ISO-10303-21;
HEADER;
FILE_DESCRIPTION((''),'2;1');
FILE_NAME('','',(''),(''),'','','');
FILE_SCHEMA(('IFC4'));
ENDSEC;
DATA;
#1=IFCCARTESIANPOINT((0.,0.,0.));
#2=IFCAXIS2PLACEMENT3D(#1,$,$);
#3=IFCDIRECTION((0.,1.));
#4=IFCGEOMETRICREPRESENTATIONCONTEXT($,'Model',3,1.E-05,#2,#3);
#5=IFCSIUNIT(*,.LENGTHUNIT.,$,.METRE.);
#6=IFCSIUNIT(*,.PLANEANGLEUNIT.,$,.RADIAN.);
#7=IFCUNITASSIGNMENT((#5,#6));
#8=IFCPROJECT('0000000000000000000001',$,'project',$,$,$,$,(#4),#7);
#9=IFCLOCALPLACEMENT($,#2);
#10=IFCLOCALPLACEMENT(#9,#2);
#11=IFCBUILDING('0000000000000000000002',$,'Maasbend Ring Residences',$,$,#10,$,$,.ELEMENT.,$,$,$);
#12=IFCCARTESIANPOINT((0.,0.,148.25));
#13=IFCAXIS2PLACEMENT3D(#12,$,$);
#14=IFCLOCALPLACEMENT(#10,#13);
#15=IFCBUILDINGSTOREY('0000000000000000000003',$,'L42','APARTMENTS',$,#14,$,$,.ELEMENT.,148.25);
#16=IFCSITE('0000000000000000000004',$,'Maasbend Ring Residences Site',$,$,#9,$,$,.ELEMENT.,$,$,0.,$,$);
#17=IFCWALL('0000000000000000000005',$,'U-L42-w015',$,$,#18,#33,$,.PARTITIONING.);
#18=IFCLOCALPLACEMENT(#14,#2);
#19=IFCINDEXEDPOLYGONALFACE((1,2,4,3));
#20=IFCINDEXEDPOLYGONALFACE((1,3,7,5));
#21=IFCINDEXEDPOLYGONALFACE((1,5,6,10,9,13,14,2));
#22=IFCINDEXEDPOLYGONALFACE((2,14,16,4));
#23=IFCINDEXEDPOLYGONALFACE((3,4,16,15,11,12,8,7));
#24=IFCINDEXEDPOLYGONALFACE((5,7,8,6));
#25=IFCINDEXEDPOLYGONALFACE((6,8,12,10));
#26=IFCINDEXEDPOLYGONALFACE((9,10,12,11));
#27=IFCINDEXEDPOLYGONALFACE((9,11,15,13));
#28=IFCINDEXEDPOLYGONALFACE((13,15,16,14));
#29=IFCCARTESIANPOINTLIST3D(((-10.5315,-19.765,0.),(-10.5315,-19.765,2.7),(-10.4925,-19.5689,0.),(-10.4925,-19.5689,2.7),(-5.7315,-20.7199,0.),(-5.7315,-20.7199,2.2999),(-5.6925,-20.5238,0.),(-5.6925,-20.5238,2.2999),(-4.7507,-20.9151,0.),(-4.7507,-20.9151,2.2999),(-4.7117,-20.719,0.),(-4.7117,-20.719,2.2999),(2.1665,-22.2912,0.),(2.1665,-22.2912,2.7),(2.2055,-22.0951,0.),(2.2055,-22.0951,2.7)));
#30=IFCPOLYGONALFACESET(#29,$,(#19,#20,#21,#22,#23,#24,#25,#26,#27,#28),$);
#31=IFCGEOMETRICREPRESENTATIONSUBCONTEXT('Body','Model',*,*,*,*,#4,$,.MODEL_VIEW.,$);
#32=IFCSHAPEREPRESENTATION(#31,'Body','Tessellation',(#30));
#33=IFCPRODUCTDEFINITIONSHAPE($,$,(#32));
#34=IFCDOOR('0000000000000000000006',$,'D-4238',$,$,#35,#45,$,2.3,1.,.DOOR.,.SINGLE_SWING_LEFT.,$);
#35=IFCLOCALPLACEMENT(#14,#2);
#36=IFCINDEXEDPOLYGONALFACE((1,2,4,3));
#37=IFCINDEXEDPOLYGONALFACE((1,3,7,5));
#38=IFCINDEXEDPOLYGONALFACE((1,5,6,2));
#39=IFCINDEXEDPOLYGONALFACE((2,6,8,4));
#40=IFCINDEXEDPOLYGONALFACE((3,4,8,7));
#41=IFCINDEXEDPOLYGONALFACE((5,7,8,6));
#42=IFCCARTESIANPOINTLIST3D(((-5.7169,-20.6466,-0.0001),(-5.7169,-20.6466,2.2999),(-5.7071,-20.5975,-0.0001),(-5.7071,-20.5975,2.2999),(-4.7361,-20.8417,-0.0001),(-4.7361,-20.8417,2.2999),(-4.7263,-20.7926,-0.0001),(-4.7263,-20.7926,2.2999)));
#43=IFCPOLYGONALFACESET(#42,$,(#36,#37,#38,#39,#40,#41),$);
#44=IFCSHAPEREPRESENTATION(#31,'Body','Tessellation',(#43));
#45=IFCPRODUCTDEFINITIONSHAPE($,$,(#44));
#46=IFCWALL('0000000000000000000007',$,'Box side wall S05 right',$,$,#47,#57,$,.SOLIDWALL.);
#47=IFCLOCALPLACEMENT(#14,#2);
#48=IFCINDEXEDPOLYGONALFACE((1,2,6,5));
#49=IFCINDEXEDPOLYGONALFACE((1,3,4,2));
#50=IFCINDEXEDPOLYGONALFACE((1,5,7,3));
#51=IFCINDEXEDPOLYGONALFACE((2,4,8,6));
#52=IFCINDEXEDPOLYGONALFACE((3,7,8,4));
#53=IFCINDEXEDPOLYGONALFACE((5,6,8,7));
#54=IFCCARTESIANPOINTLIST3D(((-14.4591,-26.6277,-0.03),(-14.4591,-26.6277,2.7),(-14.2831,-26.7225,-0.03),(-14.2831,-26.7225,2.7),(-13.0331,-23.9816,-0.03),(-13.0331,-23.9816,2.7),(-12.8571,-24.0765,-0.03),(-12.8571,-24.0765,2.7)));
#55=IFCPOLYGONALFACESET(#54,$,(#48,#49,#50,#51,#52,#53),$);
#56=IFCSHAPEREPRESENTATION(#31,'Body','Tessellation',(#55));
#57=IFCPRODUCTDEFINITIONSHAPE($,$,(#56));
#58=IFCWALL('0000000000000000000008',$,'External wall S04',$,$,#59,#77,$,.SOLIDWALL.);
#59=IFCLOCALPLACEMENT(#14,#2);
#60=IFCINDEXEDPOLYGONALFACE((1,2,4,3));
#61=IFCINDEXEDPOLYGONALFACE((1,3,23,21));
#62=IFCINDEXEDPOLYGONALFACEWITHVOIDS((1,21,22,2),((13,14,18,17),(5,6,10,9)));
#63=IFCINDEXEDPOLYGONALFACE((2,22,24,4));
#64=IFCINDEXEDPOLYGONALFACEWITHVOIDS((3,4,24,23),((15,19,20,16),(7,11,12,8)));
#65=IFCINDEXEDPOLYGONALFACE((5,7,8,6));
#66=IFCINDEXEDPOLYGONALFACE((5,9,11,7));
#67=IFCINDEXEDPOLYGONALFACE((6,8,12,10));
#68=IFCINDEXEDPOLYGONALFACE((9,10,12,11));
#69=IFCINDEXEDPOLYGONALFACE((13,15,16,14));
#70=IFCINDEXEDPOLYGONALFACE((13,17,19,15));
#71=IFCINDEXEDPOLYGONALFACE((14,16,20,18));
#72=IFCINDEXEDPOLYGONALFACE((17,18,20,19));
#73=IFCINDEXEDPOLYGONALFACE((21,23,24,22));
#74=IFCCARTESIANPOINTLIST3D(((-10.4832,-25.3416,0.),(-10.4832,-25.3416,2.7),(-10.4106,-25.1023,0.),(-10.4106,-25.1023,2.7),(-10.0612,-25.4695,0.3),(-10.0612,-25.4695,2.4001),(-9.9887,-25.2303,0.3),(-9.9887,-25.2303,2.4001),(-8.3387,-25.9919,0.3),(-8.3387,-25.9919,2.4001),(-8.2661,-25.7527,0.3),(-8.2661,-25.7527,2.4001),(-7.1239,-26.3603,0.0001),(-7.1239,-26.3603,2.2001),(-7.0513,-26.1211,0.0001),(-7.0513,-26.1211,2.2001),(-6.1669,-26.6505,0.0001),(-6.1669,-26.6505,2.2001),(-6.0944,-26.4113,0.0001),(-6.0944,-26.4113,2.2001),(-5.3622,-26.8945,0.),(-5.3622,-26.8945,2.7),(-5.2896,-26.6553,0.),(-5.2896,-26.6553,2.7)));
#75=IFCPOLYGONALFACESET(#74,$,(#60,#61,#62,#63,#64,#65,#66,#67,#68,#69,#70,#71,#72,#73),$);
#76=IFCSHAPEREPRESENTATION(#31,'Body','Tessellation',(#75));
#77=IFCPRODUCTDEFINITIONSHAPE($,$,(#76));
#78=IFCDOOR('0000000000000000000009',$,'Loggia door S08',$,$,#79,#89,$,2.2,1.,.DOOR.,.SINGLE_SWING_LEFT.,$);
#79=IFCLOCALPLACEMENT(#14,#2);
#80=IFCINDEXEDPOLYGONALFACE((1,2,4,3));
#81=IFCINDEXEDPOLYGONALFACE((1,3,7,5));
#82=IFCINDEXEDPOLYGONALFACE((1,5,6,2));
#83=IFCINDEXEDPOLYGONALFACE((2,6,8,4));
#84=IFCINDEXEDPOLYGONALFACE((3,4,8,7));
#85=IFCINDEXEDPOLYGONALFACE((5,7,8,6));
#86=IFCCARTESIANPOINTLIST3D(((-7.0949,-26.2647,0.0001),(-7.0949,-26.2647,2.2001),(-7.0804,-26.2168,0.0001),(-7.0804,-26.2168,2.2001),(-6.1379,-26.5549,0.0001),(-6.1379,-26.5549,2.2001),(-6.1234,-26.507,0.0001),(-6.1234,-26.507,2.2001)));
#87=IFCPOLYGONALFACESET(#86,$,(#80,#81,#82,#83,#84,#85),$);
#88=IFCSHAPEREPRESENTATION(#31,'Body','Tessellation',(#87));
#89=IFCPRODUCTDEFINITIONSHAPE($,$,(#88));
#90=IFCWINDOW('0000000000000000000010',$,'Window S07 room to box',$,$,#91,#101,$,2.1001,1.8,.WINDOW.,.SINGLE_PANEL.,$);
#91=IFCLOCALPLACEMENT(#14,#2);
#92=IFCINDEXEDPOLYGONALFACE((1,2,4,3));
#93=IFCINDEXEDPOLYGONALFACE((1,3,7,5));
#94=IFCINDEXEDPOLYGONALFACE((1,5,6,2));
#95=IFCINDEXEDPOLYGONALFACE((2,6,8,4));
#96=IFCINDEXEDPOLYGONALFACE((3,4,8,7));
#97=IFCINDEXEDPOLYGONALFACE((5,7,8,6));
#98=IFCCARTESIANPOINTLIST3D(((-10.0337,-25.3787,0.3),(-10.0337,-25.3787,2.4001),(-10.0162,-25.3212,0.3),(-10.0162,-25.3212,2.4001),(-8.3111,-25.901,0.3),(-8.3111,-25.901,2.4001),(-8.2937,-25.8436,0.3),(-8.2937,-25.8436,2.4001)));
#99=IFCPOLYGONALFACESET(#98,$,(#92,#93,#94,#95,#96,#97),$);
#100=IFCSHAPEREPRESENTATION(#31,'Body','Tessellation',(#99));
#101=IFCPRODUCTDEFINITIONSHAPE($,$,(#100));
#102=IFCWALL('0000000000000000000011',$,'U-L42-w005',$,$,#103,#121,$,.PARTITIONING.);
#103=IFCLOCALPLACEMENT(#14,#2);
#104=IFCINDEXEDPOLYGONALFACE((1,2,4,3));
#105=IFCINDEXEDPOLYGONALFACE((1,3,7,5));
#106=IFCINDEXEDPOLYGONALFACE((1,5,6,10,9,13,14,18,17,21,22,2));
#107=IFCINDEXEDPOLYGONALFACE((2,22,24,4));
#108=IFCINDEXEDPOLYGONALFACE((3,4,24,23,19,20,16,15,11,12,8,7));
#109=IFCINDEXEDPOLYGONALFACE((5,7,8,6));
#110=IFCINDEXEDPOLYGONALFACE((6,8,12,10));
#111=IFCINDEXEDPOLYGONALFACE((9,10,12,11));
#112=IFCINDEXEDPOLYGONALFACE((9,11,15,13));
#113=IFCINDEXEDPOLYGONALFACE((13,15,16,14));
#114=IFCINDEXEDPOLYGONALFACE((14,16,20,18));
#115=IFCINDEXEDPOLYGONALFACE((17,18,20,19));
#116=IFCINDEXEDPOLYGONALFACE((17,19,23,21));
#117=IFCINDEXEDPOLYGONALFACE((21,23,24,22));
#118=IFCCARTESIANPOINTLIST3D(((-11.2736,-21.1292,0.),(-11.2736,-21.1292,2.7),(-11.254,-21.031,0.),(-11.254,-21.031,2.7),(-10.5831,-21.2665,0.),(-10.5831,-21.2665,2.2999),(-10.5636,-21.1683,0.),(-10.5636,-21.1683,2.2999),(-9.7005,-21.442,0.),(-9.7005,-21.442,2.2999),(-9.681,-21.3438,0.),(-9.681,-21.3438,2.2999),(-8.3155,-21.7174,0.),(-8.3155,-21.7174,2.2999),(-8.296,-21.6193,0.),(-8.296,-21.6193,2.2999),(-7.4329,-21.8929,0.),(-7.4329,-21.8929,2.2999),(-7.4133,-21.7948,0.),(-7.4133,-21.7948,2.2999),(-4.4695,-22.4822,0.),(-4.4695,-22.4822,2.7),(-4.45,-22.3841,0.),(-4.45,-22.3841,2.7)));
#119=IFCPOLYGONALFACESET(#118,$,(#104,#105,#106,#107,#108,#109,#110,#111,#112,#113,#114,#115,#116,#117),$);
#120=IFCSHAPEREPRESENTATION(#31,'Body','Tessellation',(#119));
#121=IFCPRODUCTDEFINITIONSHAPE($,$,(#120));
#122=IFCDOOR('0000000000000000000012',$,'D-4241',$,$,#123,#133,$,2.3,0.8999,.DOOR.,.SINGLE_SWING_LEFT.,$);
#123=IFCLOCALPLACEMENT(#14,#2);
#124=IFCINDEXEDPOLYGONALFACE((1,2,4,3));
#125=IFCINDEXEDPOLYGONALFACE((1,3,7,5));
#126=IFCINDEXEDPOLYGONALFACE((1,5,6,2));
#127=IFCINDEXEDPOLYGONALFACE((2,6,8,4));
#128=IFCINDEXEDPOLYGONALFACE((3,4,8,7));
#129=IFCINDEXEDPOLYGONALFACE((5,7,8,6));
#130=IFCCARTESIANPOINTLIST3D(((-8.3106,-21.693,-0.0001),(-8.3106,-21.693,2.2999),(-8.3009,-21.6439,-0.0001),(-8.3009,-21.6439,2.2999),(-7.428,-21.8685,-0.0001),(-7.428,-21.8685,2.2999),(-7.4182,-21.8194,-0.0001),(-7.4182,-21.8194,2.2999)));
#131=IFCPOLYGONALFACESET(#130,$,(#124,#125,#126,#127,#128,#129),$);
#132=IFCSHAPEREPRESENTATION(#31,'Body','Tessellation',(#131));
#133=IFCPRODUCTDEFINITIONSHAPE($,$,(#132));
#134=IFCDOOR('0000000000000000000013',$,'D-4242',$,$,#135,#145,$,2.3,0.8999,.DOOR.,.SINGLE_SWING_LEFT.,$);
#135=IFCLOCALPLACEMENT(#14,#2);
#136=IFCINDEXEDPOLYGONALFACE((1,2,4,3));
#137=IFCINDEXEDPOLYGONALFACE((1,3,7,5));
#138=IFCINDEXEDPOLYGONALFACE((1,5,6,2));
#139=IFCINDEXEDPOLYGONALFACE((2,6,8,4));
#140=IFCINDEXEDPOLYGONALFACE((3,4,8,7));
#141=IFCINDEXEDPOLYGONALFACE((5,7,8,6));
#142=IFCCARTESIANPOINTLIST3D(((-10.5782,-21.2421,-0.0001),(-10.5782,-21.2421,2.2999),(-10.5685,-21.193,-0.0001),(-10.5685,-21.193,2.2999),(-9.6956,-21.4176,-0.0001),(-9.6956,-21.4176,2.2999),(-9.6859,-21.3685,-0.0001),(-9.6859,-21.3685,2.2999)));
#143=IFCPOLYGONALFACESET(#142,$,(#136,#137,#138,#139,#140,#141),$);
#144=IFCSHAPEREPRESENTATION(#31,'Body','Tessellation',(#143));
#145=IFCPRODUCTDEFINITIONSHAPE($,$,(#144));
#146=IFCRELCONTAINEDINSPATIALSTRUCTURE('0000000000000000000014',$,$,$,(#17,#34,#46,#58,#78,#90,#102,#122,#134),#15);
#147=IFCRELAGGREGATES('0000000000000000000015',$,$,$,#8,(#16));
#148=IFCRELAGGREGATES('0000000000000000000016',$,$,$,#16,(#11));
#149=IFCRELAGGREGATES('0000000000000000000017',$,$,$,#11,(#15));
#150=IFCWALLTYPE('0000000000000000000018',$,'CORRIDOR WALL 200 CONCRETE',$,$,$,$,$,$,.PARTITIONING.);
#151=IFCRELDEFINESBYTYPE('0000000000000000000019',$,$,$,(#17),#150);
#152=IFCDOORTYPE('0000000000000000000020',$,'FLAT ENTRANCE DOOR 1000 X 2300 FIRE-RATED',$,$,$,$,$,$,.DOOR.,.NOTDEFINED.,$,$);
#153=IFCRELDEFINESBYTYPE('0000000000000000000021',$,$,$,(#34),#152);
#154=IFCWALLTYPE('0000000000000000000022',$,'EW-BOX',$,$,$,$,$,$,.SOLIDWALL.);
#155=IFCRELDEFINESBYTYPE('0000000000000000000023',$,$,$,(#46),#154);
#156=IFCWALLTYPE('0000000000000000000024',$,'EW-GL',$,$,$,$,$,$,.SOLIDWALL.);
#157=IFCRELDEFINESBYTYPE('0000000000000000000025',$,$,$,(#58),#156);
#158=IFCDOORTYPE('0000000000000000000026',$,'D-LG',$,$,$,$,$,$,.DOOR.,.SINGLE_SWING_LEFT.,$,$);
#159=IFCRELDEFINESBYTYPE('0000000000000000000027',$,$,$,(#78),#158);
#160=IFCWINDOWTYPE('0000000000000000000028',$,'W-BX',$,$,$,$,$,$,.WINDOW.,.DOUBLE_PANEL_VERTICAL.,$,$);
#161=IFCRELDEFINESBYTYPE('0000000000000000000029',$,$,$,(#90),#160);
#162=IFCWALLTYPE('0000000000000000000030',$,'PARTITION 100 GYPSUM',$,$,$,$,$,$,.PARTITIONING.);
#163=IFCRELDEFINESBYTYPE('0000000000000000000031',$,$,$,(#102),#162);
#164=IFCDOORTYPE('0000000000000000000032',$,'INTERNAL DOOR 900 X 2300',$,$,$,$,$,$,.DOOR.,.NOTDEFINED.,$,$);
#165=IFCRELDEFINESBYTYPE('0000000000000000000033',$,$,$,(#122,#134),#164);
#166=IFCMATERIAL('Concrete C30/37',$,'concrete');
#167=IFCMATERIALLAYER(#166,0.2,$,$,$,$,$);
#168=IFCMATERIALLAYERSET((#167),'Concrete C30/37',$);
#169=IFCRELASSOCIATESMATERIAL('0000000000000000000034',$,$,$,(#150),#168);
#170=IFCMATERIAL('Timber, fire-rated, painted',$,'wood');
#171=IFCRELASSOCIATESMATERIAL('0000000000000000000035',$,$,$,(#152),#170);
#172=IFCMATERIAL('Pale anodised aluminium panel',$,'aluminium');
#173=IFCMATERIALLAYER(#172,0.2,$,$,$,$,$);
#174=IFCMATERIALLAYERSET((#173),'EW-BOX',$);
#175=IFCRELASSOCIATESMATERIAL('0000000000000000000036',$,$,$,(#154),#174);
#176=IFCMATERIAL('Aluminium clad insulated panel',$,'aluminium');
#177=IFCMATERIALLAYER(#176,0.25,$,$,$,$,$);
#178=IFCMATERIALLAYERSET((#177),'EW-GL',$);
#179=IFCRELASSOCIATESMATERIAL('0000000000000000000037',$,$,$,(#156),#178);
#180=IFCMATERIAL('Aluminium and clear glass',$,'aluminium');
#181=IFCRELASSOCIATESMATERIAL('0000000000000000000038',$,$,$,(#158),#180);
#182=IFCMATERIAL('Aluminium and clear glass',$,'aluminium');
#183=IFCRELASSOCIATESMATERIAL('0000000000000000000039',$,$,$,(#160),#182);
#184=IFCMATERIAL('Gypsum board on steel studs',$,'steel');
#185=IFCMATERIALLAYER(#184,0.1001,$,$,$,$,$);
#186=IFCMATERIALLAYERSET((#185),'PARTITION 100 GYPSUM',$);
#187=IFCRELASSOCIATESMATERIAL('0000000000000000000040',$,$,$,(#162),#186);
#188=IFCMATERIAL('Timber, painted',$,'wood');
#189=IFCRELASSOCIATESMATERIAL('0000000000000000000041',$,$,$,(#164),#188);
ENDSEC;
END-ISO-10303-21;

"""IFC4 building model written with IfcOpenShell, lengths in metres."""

from ifc_helpers import new_model, si_unit, direction, frame, frame_2d, origin, place, context, subcontext, project, spatial, rectangle, extrude, material, layer, layer_set, type_object, element, fill, save


model = new_model("IFC4")

# Units and contexts
model_context = context("Model", 3, precision=1e-05, world=origin(), true_north=direction((0.0, 1.0)))
body_context = subcontext(model_context, "Body", "Model", "MODEL_VIEW")
ifc_project = project(units=[si_unit("LENGTHUNIT", "METRE"), si_unit("PLANEANGLEUNIT", "RADIAN")], contexts=[model_context])

# Site, building, storey
site_placement = place(None, origin())
site = spatial("IfcSite", under=ifc_project, at=site_placement, Name="Maasbend Ring Residences Site", CompositionType="ELEMENT", RefElevation=0.0)
building_placement = place(site_placement, origin())
building = spatial("IfcBuilding", under=site, at=building_placement, Name="Maasbend Ring Residences", CompositionType="ELEMENT")
storey_placement = place(building_placement, frame((0.0, 0.0, 148.25)))
storey = spatial("IfcBuildingStorey", under=building, at=storey_placement, Name="L42", Description="APARTMENTS", CompositionType="ELEMENT", Elevation=148.25)

# Wall, opening, door
ifc_material_1 = material(Name="Concrete C30/37", Category="concrete")
ifc_layer_1 = layer(ifc_material_1, 0.2)
ifc_layer_set_1 = layer_set([ifc_layer_1], Name="Concrete C30/37")
wall_type_1 = type_object("IfcWallType", Name="CORRIDOR WALL 200 CONCRETE", PredefinedType="PARTITIONING", material=ifc_layer_set_1)
wall_1_placement = place(storey_placement, frame((-10.512, -19.667, 0.0), z_axis=(0.0, 0.0, 1.0), x_axis=(0.98078, -0.195115, 0.0)))
wall_1 = element("IfcWall", 1, at=wall_1_placement, inside=storey, type_object=wall_type_1, Name="U-L42-w015", PredefinedType="PARTITIONING", context=body_context, shape_type="SweptSolid", body=[
    extrude(rectangle(XDim=12.9468, YDim=0.2, at=frame_2d((6.4734, 0.0))), origin(), (0.0, 0.0, 1.0), 2.7),
])
opening_1_placement = place(wall_1_placement, frame((4.894, 0.0, 0.0)))
opening_1 = element("IfcOpeningElement", 2, at=opening_1_placement, cuts=wall_1, PredefinedType="OPENING", context=body_context, shape_type="SweptSolid", body=[
    extrude(rectangle(XDim=1.0, YDim=2.3, at=frame_2d((0.5, 1.1499))), frame((0.0, 0.1099, 0.0), z_axis=(0.0, -1.0, 0.0), x_axis=(1.0, 0.0, 0.0)), (0.0, 0.0, 1.0), 0.22),
])
ifc_material_2 = material(Name="Timber, fire-rated, painted", Category="wood")
door_type_1 = type_object("IfcDoorType", Name="FLAT ENTRANCE DOOR 1000 X 2300 FIRE-RATED", OperationType="NOTDEFINED", PredefinedType="DOOR", material=ifc_material_2)
door_1_placement = place(opening_1_placement, origin())
door_1 = element("IfcDoor", 3, at=door_1_placement, inside=storey, type_object=door_type_1, Name="D-4238", OperationType="SINGLE_SWING_LEFT", OverallHeight=2.3, OverallWidth=1.0, PredefinedType="DOOR", context=body_context, shape_type="SweptSolid", body=[
    extrude(rectangle(XDim=1.0, YDim=2.3, at=frame_2d((0.5, 1.1499))), frame((0.0, 0.0249, 0.0), z_axis=(0.0, -1.0, 0.0), x_axis=(1.0, 0.0, 0.0)), (0.0, 0.0, 1.0), 0.05),
])
fill(opening_1, door_1)

# Wall
ifc_material_3 = material(Name="Pale anodised aluminium panel", Category="aluminium")
ifc_layer_2 = layer(ifc_material_3, 0.2)
ifc_layer_set_2 = layer_set([ifc_layer_2], Name="EW-BOX")
wall_type_2 = type_object("IfcWallType", Name="EW-BOX", PredefinedType="SOLIDWALL", material=ifc_layer_set_2)
wall_2_placement = place(storey_placement, frame((-12.9451, -24.0291, -0.03), z_axis=(0.0, 0.0, 1.0), x_axis=(-0.474424, -0.880296, 0.0)))
element("IfcWall", 4, at=wall_2_placement, inside=storey, type_object=wall_type_2, Name="Box side wall S05 right", PredefinedType="SOLIDWALL", context=body_context, shape_type="SweptSolid", body=[
    extrude(rectangle(XDim=3.0059, YDim=0.2, at=frame_2d((1.5029, 0.0))), origin(), (0.0, 0.0, 1.0), 2.73),
])

# Wall, openings, door, window
ifc_material_4 = material(Name="Aluminium clad insulated panel", Category="aluminium")
ifc_layer_3 = layer(ifc_material_4, 0.25)
ifc_layer_set_3 = layer_set([ifc_layer_3], Name="EW-GL")
wall_type_3 = type_object("IfcWallType", Name="EW-GL", PredefinedType="SOLIDWALL", material=ifc_layer_set_3)
wall_3_placement = place(storey_placement, frame((-10.447, -25.2219, 0.0), z_axis=(0.0, 0.0, 1.0), x_axis=(0.956966, -0.290201, 0.0)))
wall_3 = element("IfcWall", 5, at=wall_3_placement, inside=storey, type_object=wall_type_3, Name="External wall S04", PredefinedType="SOLIDWALL", context=body_context, shape_type="SweptSolid", body=[
    extrude(rectangle(XDim=5.3513, YDim=0.25, at=frame_2d((2.6758, 0.0))), origin(), (0.0, 0.0, 1.0), 2.7),
])
opening_2_placement = place(wall_3_placement, frame((0.4412, 0.0, 0.3)))
opening_2 = element("IfcOpeningElement", 6, at=opening_2_placement, cuts=wall_3, PredefinedType="OPENING", context=body_context, shape_type="SweptSolid", body=[
    extrude(rectangle(XDim=1.8, YDim=2.1001, at=frame_2d((0.8999, 1.05))), frame((0.0, 0.135, 0.0), z_axis=(0.0, -1.0, 0.0), x_axis=(1.0, 0.0, 0.0)), (0.0, 0.0, 1.0), 0.27),
])
opening_3_placement = place(wall_3_placement, frame((3.5105, 0.0, 0.0)))
opening_3 = element("IfcOpeningElement", 7, at=opening_3_placement, cuts=wall_3, PredefinedType="OPENING", context=body_context, shape_type="SweptSolid", body=[
    extrude(rectangle(XDim=1.0, YDim=2.2, at=frame_2d((0.5, 1.1001))), frame((0.0, 0.135, 0.0), z_axis=(0.0, -1.0, 0.0), x_axis=(1.0, 0.0, 0.0)), (0.0, 0.0, 1.0), 0.27),
])
ifc_material_5 = material(Name="Aluminium and clear glass", Category="aluminium")
door_type_2 = type_object("IfcDoorType", Name="D-LG", OperationType="SINGLE_SWING_LEFT", PredefinedType="DOOR", material=ifc_material_5)
door_2_placement = place(opening_3_placement, origin())
door_2 = element("IfcDoor", 8, at=door_2_placement, inside=storey, type_object=door_type_2, Name="Loggia door S08", OperationType="SINGLE_SWING_LEFT", OverallHeight=2.2, OverallWidth=1.0, PredefinedType="DOOR", context=body_context, shape_type="SweptSolid", body=[
    extrude(rectangle(XDim=1.0, YDim=2.2, at=frame_2d((0.5, 1.1001))), frame((0.0, 0.0249, 0.0), z_axis=(0.0, -1.0, 0.0), x_axis=(1.0, 0.0, 0.0)), (0.0, 0.0, 1.0), 0.05),
])
fill(opening_3, door_2)
ifc_material_6 = material(Name="Aluminium and clear glass", Category="aluminium")
window_type = type_object("IfcWindowType", Name="W-BX", PartitioningType="DOUBLE_PANEL_VERTICAL", PredefinedType="WINDOW", material=ifc_material_6)
window_placement = place(opening_2_placement, origin())
window = element("IfcWindow", 9, at=window_placement, inside=storey, type_object=window_type, Name="Window S07 room to box", OverallHeight=2.1001, OverallWidth=1.8, PartitioningType="SINGLE_PANEL", PredefinedType="WINDOW", context=body_context, shape_type="SweptSolid", body=[
    extrude(rectangle(XDim=1.8, YDim=2.1001, at=frame_2d((0.8999, 1.05))), frame((0.0, 0.03, 0.0), z_axis=(0.0, -1.0, 0.0), x_axis=(1.0, 0.0, 0.0)), (0.0, 0.0, 1.0), 0.0601),
])
fill(opening_2, window)

# Wall, openings, doors
ifc_material_7 = material(Name="Gypsum board on steel studs", Category="steel")
ifc_layer_4 = layer(ifc_material_7, 0.1001)
ifc_layer_set_4 = layer_set([ifc_layer_4], Name="PARTITION 100 GYPSUM")
wall_type_4 = type_object("IfcWallType", Name="PARTITION 100 GYPSUM", PredefinedType="PARTITIONING", material=ifc_layer_set_4)
wall_4_placement = place(storey_placement, frame((-11.2639, -21.0801, 0.0), z_axis=(0.0, 0.0, 1.0), x_axis=(0.980795, -0.19504, 0.0)))
wall_4 = element("IfcWall", 10, at=wall_4_placement, inside=storey, type_object=wall_type_4, Name="U-L42-w005", PredefinedType="PARTITIONING", context=body_context, shape_type="SweptSolid", body=[
    extrude(rectangle(XDim=6.9373, YDim=0.1001, at=frame_2d((3.4688, 0.0))), origin(), (0.0, 0.0, 1.0), 2.7),
])
opening_4_placement = place(wall_4_placement, frame((3.0161, 0.0, 0.0)))
opening_4 = element("IfcOpeningElement", 11, at=opening_4_placement, cuts=wall_4, PredefinedType="OPENING", context=body_context, shape_type="SweptSolid", body=[
    extrude(rectangle(XDim=0.8999, YDim=2.3, at=frame_2d((0.45, 1.1499))), frame((0.0, 0.0601, 0.0), z_axis=(0.0, -1.0, 0.0), x_axis=(1.0, 0.0, 0.0)), (0.0, 0.0, 1.0), 0.1201),
])
opening_5_placement = place(wall_4_placement, frame((0.7041, 0.0, 0.0)))
opening_5 = element("IfcOpeningElement", 12, at=opening_5_placement, cuts=wall_4, PredefinedType="OPENING", context=body_context, shape_type="SweptSolid", body=[
    extrude(rectangle(XDim=0.8999, YDim=2.3, at=frame_2d((0.45, 1.1499))), frame((0.0, 0.0601, 0.0), z_axis=(0.0, -1.0, 0.0), x_axis=(1.0, 0.0, 0.0)), (0.0, 0.0, 1.0), 0.1201),
])
ifc_material_8 = material(Name="Timber, painted", Category="wood")
door_type_3 = type_object("IfcDoorType", Name="INTERNAL DOOR 900 X 2300", OperationType="NOTDEFINED", PredefinedType="DOOR", material=ifc_material_8)
door_3_placement = place(opening_4_placement, origin())
door_3 = element("IfcDoor", 13, at=door_3_placement, inside=storey, type_object=door_type_3, Name="D-4241", OperationType="SINGLE_SWING_LEFT", OverallHeight=2.3, OverallWidth=0.8999, PredefinedType="DOOR", context=body_context, shape_type="SweptSolid", body=[
    extrude(rectangle(XDim=0.8999, YDim=2.3, at=frame_2d((0.45, 1.1499))), frame((0.0, 0.0249, 0.0), z_axis=(0.0, -1.0, 0.0), x_axis=(1.0, 0.0, 0.0)), (0.0, 0.0, 1.0), 0.05),
])
fill(opening_4, door_3)
door_4_placement = place(opening_5_placement, origin())
door_4 = element("IfcDoor", 14, at=door_4_placement, inside=storey, type_object=door_type_3, Name="D-4242", OperationType="SINGLE_SWING_LEFT", OverallHeight=2.3, OverallWidth=0.8999, PredefinedType="DOOR", context=body_context, shape_type="SweptSolid", body=[
    extrude(rectangle(XDim=0.8999, YDim=2.3, at=frame_2d((0.45, 1.1499))), frame((0.0, 0.0249, 0.0), z_axis=(0.0, -1.0, 0.0), x_axis=(1.0, 0.0, 0.0)), (0.0, 0.0, 1.0), 0.05),
])
fill(opening_5, door_4)

save(model, "model.ifc")
